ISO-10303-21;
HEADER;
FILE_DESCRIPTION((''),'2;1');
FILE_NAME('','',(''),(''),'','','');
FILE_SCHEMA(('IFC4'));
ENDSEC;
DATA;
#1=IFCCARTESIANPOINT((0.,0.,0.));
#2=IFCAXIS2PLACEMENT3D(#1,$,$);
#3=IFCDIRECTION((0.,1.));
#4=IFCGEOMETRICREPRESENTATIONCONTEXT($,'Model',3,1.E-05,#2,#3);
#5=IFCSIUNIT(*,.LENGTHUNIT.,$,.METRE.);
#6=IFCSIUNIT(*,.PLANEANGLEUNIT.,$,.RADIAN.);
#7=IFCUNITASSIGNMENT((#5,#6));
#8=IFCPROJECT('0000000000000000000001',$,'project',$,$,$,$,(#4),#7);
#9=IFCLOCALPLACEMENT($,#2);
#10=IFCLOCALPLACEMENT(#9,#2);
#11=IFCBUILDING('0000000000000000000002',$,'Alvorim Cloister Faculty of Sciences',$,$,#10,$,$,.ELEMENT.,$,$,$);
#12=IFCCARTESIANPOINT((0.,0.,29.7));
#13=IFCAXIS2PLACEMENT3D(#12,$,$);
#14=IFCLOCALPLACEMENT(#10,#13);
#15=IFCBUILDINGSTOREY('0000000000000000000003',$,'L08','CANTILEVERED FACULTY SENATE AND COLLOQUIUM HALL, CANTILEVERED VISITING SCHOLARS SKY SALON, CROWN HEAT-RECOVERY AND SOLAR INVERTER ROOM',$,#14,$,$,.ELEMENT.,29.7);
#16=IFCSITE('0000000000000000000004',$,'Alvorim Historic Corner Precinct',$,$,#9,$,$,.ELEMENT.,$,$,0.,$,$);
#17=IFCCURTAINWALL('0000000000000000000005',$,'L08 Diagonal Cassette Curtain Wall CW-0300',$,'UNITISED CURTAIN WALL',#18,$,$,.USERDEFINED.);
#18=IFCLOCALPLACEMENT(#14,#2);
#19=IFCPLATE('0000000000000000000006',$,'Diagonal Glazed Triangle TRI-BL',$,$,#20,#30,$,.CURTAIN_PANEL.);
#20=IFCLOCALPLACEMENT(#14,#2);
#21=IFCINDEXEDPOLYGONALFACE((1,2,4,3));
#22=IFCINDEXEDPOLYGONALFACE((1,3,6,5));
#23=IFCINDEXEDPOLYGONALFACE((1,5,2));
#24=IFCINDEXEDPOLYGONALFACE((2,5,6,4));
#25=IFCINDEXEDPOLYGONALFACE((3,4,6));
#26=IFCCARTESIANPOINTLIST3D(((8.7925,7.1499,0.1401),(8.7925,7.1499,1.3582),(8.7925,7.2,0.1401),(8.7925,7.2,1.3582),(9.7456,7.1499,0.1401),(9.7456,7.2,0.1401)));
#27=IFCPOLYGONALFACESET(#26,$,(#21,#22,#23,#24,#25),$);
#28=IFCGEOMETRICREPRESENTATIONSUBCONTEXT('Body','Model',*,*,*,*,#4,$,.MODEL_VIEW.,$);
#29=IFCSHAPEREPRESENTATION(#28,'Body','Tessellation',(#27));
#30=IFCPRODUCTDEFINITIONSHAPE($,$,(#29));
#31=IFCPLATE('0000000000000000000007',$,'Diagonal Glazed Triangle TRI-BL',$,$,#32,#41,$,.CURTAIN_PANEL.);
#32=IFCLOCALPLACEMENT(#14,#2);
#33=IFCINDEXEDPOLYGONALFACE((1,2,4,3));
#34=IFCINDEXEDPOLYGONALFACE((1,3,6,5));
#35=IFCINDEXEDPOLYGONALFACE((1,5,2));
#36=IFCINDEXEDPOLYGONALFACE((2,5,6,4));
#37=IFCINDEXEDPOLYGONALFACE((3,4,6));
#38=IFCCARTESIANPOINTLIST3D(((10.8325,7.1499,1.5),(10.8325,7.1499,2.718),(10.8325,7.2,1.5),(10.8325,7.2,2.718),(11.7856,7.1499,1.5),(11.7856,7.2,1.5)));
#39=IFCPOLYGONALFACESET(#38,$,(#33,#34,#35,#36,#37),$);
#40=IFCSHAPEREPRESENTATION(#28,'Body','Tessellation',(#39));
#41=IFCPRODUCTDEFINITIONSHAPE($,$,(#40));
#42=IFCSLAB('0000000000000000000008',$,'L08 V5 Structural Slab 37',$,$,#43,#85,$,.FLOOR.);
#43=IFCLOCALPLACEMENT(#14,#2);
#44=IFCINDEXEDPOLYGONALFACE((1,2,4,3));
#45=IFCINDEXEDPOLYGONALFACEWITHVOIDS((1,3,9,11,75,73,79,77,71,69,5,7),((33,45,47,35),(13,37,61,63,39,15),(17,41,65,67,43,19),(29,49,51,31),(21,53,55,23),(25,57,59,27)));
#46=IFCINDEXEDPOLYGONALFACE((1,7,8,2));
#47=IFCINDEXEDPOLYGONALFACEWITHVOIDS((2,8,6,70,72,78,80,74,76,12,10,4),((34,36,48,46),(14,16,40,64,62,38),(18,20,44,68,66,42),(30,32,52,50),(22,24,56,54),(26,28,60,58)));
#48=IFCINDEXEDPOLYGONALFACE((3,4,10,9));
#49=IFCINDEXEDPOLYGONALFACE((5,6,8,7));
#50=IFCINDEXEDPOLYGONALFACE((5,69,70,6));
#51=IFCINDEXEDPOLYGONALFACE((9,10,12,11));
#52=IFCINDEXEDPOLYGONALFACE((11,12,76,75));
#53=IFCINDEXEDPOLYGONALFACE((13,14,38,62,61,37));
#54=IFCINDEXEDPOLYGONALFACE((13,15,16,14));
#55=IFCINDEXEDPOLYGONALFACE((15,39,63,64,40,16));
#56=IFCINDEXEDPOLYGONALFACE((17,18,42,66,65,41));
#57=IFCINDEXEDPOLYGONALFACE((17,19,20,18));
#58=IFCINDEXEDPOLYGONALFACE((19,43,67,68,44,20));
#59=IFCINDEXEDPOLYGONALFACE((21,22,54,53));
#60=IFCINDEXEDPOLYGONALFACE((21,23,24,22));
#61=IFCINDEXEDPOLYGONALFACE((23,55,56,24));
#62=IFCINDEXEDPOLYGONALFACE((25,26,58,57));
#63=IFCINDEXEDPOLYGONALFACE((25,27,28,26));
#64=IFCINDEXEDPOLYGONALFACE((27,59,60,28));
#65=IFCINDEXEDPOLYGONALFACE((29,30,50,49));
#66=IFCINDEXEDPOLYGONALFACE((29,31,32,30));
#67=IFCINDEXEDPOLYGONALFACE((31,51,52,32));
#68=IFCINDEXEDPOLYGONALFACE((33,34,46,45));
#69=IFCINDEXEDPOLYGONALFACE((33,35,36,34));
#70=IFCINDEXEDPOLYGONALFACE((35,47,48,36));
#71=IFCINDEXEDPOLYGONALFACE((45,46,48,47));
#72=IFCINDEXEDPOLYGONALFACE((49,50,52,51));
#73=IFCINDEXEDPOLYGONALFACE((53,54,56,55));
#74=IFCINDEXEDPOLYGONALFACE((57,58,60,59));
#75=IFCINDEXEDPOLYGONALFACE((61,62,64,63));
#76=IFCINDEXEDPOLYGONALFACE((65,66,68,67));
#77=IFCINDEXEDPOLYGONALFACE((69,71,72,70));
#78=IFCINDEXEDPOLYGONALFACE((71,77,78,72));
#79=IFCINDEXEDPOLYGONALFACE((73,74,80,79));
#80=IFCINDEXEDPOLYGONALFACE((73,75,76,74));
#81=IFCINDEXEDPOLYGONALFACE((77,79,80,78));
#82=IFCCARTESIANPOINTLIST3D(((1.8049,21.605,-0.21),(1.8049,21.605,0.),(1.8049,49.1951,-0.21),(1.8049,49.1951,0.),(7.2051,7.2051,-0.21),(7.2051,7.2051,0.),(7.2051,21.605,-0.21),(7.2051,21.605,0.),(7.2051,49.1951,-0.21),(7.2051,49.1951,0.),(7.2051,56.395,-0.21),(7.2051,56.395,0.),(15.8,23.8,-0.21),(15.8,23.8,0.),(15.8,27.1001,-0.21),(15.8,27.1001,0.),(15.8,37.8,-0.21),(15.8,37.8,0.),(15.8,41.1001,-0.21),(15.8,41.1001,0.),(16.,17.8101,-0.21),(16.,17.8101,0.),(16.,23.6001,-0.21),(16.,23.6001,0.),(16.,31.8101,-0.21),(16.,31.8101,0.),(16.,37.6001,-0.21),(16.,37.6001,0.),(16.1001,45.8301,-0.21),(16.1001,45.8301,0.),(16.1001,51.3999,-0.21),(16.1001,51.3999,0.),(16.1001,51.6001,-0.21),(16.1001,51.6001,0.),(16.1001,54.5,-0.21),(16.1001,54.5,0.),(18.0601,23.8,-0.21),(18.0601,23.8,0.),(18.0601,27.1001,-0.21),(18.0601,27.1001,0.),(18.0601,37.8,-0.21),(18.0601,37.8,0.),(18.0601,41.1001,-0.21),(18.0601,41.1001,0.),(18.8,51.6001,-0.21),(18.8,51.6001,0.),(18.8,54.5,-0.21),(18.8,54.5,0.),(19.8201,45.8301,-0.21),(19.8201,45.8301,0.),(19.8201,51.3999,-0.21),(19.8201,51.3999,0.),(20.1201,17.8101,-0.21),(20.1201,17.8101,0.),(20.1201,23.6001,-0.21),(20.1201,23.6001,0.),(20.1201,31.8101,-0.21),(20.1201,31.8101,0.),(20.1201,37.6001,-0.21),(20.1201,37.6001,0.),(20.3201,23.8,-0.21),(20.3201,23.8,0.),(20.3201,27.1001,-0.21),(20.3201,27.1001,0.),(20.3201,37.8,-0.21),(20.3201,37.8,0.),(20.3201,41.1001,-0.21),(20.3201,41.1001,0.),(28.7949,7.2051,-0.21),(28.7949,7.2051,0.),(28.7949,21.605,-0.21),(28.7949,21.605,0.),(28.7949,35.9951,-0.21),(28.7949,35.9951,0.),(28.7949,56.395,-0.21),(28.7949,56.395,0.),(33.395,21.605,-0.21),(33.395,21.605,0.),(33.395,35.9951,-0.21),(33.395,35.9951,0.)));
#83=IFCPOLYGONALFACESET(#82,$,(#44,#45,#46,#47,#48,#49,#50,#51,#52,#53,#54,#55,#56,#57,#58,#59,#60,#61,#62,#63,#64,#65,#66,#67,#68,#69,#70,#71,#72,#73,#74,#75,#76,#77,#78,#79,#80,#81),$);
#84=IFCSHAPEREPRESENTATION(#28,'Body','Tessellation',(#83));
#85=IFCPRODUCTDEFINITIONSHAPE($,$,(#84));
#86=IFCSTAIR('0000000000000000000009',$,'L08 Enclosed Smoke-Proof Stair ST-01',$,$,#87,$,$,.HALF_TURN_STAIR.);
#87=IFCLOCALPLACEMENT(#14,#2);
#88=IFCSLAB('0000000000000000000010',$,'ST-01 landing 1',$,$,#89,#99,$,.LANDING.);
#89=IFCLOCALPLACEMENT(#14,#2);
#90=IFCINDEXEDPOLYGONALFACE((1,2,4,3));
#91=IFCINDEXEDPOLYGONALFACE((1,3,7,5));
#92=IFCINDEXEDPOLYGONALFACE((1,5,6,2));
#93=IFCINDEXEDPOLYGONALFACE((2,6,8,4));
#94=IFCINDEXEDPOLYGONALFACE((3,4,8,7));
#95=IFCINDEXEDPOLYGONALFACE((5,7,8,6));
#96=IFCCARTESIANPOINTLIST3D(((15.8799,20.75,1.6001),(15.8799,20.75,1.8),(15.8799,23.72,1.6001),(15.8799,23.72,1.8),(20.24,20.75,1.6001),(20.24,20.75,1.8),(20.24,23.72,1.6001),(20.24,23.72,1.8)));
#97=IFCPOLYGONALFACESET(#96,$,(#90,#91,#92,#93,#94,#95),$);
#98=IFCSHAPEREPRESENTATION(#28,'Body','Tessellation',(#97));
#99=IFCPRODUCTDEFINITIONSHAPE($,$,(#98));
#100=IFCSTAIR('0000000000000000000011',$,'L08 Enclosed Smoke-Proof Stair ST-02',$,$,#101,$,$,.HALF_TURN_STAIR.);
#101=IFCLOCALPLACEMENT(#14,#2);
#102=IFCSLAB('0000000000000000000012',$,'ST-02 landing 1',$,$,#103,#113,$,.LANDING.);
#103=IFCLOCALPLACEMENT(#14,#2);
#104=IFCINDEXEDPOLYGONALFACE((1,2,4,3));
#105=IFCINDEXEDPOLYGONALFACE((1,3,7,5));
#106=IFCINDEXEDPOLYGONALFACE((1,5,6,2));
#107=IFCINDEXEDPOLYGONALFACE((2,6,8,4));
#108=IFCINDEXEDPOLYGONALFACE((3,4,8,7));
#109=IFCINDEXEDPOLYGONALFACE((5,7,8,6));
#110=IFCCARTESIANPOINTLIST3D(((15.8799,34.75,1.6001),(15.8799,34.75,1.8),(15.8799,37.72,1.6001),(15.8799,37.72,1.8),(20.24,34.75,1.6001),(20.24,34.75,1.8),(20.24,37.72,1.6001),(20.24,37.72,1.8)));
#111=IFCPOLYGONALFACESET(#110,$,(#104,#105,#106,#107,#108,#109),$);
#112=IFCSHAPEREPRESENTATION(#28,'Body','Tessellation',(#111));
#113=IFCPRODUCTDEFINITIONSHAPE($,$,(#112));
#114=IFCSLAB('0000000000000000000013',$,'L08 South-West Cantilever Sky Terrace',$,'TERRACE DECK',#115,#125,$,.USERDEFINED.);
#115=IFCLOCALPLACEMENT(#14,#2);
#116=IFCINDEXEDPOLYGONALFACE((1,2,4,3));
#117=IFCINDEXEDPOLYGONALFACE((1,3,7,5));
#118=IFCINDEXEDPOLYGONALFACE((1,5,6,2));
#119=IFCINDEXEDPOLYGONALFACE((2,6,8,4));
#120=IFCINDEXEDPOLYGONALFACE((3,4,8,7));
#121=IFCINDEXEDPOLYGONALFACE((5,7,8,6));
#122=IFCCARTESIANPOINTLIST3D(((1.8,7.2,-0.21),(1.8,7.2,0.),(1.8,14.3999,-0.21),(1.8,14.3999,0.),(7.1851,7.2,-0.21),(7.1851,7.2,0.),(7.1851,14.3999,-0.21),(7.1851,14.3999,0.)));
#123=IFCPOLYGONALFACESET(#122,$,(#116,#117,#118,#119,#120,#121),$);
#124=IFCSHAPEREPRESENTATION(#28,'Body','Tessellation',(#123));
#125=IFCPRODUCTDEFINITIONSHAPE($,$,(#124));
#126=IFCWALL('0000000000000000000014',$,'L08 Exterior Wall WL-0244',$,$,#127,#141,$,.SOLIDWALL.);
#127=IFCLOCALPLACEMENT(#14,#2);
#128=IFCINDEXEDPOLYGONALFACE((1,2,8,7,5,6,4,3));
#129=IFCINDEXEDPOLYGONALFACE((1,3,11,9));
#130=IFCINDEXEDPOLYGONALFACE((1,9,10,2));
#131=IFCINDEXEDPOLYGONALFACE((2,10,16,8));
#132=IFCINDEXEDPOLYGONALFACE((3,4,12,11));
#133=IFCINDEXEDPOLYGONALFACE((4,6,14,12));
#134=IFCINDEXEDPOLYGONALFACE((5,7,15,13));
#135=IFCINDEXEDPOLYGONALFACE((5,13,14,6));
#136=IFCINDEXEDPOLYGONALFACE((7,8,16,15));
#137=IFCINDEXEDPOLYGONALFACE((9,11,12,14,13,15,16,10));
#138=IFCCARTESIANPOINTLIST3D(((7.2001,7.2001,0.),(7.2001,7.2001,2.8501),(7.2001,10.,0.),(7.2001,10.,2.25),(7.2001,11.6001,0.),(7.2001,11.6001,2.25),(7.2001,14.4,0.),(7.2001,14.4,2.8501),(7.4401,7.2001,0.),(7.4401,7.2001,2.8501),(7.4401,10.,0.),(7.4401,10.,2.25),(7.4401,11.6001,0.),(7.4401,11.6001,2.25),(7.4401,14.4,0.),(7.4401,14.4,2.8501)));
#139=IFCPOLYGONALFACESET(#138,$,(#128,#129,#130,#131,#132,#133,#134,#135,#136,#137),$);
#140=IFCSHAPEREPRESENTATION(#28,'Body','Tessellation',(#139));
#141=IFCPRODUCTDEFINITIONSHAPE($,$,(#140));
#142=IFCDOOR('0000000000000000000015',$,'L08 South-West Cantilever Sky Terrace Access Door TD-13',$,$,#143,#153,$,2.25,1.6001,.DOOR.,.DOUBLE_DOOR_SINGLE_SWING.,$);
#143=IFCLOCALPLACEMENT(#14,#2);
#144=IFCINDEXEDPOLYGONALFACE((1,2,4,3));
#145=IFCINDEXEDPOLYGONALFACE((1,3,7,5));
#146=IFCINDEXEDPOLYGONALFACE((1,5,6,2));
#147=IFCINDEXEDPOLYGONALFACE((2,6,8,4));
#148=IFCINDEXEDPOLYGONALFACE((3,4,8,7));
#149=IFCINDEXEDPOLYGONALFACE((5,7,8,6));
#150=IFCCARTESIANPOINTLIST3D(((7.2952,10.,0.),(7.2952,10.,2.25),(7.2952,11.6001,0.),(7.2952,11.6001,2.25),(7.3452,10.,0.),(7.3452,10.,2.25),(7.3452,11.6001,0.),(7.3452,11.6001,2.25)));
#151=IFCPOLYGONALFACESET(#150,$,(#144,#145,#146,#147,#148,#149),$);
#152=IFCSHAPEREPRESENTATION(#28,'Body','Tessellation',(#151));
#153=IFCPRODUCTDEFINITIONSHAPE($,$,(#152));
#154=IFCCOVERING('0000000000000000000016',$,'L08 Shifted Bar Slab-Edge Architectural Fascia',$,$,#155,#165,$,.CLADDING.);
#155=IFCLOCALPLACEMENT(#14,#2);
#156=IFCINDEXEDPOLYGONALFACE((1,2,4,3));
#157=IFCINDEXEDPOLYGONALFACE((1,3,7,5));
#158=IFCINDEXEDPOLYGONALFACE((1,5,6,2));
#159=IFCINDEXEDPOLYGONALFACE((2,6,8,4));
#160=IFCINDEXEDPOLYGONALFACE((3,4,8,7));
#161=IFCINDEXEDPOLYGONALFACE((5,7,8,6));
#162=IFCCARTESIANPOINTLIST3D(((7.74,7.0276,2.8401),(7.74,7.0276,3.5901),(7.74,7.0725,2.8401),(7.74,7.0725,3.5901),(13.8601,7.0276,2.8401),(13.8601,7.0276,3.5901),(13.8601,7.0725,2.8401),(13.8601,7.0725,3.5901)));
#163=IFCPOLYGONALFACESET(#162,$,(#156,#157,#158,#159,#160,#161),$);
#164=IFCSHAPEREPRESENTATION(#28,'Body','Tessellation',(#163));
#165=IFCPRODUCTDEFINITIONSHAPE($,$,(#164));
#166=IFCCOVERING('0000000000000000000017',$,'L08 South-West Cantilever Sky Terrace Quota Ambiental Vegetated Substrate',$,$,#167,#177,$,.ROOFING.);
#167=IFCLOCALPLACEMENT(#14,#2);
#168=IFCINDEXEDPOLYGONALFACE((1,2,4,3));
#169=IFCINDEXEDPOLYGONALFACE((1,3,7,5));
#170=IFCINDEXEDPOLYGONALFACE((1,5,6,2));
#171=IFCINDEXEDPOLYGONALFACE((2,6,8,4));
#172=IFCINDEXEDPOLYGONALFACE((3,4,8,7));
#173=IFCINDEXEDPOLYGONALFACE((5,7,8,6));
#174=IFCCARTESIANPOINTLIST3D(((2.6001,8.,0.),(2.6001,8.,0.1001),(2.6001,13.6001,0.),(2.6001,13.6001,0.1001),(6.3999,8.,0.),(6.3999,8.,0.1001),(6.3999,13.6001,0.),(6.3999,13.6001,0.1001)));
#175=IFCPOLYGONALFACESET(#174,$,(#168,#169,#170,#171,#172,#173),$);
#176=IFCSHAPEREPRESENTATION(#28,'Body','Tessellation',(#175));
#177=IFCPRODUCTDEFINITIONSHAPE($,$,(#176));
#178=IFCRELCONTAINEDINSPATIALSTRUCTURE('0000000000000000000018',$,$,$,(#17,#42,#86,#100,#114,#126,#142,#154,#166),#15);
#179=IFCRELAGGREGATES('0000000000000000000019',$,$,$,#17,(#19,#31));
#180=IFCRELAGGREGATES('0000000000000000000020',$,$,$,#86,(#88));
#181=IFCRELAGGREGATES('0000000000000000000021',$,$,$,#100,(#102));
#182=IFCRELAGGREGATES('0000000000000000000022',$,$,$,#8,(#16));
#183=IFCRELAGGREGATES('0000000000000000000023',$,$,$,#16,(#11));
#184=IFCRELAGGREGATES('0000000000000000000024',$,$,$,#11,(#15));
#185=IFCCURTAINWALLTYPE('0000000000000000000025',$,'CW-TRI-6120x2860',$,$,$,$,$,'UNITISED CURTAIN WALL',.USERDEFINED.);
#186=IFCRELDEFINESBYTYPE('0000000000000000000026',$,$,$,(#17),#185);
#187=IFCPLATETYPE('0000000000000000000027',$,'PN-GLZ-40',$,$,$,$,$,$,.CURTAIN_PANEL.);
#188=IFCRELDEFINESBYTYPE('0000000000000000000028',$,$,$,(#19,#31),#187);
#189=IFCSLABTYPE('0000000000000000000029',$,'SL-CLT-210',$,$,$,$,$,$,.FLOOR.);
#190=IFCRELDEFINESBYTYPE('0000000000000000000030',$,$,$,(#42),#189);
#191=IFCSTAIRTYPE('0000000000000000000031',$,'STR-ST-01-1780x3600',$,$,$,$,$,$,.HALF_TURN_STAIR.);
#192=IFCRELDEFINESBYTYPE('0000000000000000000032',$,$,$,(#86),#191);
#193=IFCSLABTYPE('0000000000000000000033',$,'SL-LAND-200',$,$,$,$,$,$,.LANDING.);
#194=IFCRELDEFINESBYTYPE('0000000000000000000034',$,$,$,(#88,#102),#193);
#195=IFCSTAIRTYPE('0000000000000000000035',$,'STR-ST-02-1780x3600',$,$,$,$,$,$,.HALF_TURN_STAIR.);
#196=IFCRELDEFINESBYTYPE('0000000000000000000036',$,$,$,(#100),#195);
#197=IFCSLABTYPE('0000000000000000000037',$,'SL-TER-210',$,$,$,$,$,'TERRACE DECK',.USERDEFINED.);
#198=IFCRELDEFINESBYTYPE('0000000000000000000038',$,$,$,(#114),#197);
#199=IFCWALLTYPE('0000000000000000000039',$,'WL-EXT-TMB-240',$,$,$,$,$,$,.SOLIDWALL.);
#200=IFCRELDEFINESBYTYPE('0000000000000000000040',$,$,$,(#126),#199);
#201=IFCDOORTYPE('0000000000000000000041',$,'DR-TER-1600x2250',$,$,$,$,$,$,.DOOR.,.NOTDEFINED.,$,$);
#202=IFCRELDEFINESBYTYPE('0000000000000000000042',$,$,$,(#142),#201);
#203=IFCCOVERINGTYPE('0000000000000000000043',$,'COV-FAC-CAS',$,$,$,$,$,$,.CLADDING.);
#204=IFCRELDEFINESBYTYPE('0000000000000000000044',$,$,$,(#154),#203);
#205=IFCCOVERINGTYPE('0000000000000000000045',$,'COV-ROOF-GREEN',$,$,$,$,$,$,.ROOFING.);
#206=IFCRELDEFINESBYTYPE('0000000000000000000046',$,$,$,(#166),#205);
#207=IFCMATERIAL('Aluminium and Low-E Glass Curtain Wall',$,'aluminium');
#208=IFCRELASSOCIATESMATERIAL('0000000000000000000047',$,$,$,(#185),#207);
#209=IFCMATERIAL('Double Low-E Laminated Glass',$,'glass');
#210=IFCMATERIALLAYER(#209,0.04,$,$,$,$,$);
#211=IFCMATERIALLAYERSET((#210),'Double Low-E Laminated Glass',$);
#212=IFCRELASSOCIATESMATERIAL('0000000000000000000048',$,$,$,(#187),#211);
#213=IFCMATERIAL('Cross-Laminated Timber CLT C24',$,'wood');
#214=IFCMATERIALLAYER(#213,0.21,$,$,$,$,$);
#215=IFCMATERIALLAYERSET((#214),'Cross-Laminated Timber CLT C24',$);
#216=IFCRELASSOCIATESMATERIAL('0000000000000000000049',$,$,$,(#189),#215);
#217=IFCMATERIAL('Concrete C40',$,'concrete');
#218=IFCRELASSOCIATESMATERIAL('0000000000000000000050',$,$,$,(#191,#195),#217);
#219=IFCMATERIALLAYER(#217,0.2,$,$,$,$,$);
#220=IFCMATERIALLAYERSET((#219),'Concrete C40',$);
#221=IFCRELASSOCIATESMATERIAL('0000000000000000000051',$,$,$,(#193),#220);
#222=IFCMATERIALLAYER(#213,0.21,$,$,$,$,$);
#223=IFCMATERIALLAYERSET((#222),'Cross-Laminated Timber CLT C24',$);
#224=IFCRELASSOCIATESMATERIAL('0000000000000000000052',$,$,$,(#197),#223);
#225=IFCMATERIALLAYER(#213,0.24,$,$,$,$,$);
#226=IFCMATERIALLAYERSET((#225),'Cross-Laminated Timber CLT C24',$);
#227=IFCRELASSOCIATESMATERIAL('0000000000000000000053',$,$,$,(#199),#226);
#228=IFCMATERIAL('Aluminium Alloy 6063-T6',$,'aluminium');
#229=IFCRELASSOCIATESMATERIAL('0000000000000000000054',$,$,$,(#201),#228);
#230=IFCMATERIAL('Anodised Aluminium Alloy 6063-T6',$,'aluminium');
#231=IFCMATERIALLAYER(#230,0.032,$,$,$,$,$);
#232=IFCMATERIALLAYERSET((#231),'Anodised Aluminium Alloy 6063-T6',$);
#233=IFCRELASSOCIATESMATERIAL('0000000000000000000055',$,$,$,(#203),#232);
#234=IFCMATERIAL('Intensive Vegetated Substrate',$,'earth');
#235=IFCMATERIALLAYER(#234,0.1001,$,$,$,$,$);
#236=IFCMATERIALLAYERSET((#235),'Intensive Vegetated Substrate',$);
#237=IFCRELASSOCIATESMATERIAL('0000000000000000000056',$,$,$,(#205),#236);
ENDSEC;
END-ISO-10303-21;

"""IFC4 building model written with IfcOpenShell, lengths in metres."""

from ifc_helpers import new_model, si_unit, direction, frame, frame_2d, origin, place, context, subcontext, project, spatial, polyline, rectangle, outline, extrude, material, layer, layer_set, type_object, element, fill, aggregate, save


model = new_model("IFC4")

# Units and contexts
model_context = context("Model", 3, precision=1e-05, world=origin(), true_north=direction((0.0, 1.0)))
body_context = subcontext(model_context, "Body", "Model", "MODEL_VIEW")
ifc_project = project(units=[si_unit("LENGTHUNIT", "METRE"), si_unit("PLANEANGLEUNIT", "RADIAN")], contexts=[model_context])

# Site, building, storey
site_placement = place(None, origin())
site = spatial("IfcSite", under=ifc_project, at=site_placement, Name="Alvorim Historic Corner Precinct", CompositionType="ELEMENT", RefElevation=0.0)
building_placement = place(site_placement, origin())
building = spatial("IfcBuilding", under=site, at=building_placement, Name="Alvorim Cloister Faculty of Sciences", CompositionType="ELEMENT")
storey_placement = place(building_placement, frame((0.0, 0.0, 29.7)))
storey = spatial("IfcBuildingStorey", under=building, at=storey_placement, Name="L08", Description="CANTILEVERED FACULTY SENATE AND COLLOQUIUM HALL, CANTILEVERED VISITING SCHOLARS SKY SALON, CROWN HEAT-RECOVERY AND SOLAR INVERTER ROOM", CompositionType="ELEMENT", Elevation=29.7)

# Curtain wall, plates
ifc_material_1 = material(Name="Aluminium and Low-E Glass Curtain Wall", Category="aluminium")
curtain_wall_type = type_object("IfcCurtainWallType", Name="CW-TRI-6120x2860", ElementType="UNITISED CURTAIN WALL", PredefinedType="USERDEFINED", material=ifc_material_1)
curtain_wall_placement = place(storey_placement, origin())
curtain_wall = element("IfcCurtainWall", 1, at=curtain_wall_placement, inside=storey, type_object=curtain_wall_type, Name="L08 Diagonal Cassette Curtain Wall CW-0300", ObjectType="UNITISED CURTAIN WALL", PredefinedType="USERDEFINED")
ifc_material_2 = material(Name="Aluminium Alloy 6063-T6", Category="aluminium")
ifc_material_3 = material(Name="Double Low-E Laminated Glass", Category="glass")
ifc_layer_1 = layer(ifc_material_3, 0.04)
ifc_layer_set_1 = layer_set([ifc_layer_1], Name="Double Low-E Laminated Glass")
plate_type = type_object("IfcPlateType", Name="PN-GLZ-40", PredefinedType="CURTAIN_PANEL", material=ifc_layer_set_1)
plate_1_placement = place(storey_placement, frame((8.7925, 7.175, 0.1401), z_axis=(0.0, 0.0, 1.0), x_axis=(1.0, 0.0, 0.0)))
plate_1 = element("IfcPlate", 2, at=plate_1_placement, type_object=plate_type, Name="Diagonal Glazed Triangle TRI-BL", PredefinedType="CURTAIN_PANEL", context=body_context, shape_type="SweptSolid", body=[
    extrude(outline(polyline([(0.0, 0.0), (0.9531, 0.0), (0.0, 1.218), (0.0, 0.0)])), frame((0.0, 0.0249, 0.0), z_axis=(0.0, -1.0, 0.0), x_axis=(1.0, 0.0, 0.0)), (0.0, 0.0, 1.0), 0.05),
])
plate_2_placement = place(storey_placement, frame((10.8325, 7.175, 1.5), z_axis=(0.0, 0.0, 1.0), x_axis=(1.0, 0.0, 0.0)))
plate_2 = element("IfcPlate", 3, at=plate_2_placement, type_object=plate_type, Name="Diagonal Glazed Triangle TRI-BL", PredefinedType="CURTAIN_PANEL", context=body_context, shape_type="SweptSolid", body=[
    extrude(outline(polyline([(0.0, 0.0), (0.9531, 0.0), (0.0, 1.218), (0.0, 0.0)])), frame((0.0, 0.0249, 0.0), z_axis=(0.0, -1.0, 0.0), x_axis=(1.0, 0.0, 0.0)), (0.0, 0.0, 1.0), 0.05),
])
aggregate(curtain_wall, [plate_1, plate_2])

# Slab
ifc_material_4 = material(Name="Cross-Laminated Timber CLT C24", Category="wood")
ifc_layer_2 = layer(ifc_material_4, 0.21)
ifc_layer_set_2 = layer_set([ifc_layer_2], Name="Cross-Laminated Timber CLT C24")
slab_type_1 = type_object("IfcSlabType", Name="SL-CLT-210", PredefinedType="FLOOR", material=ifc_layer_set_2)
slab_1_placement = place(storey_placement, frame((0.0, 0.0, -0.21)))
element("IfcSlab", 4, at=slab_1_placement, inside=storey, type_object=slab_type_1, Name="L08 V5 Structural Slab 37", PredefinedType="FLOOR", context=body_context, shape_type="SweptSolid", body=[
    extrude(outline(polyline([(7.2051, 21.605), (1.8049, 21.605), (1.8049, 49.1951), (7.2051, 49.1951), (7.2051, 56.395), (28.7949, 56.395), (28.7949, 35.9951), (33.395, 35.9951), (33.395, 21.605), (28.7949, 21.605), (28.7949, 7.2051), (7.2051, 7.2051), (7.2051, 21.605)]), holes=[polyline([(16.0, 23.6001), (16.0, 17.8101), (20.1201, 17.8101), (20.1201, 23.6001), (16.0, 23.6001)]), polyline([(15.8, 27.1001), (15.8, 23.8), (18.0601, 23.8), (20.3201, 23.8), (20.3201, 27.1001), (18.0601, 27.1001), (15.8, 27.1001)]), polyline([(16.0, 37.6001), (16.0, 31.8101), (20.1201, 31.8101), (20.1201, 37.6001), (16.0, 37.6001)]), polyline([(15.8, 41.1001), (15.8, 37.8), (18.0601, 37.8), (20.3201, 37.8), (20.3201, 41.1001), (18.0601, 41.1001), (15.8, 41.1001)]), polyline([(16.1001, 51.3999), (16.1001, 45.8301), (19.8201, 45.8301), (19.8201, 51.3999), (16.1001, 51.3999)]), polyline([(16.1001, 54.5), (16.1001, 51.6001), (18.8, 51.6001), (18.8, 54.5), (16.1001, 54.5)])]), origin(), (0.0, 0.0, 1.0), 0.21),
])

# Stairs, slabs
ifc_material_5 = material(Name="Concrete C40", Category="concrete")
stair_type_1 = type_object("IfcStairType", Name="STR-ST-01-1780x3600", PredefinedType="HALF_TURN_STAIR", material=ifc_material_5)
stair_1_placement = place(storey_placement, origin())
stair_1 = element("IfcStair", 5, at=stair_1_placement, inside=storey, type_object=stair_type_1, Name="L08 Enclosed Smoke-Proof Stair ST-01", PredefinedType="HALF_TURN_STAIR")
ifc_layer_3 = layer(ifc_material_5, 0.2)
ifc_layer_set_3 = layer_set([ifc_layer_3], Name="Concrete C40")
slab_type_2 = type_object("IfcSlabType", Name="SL-LAND-200", PredefinedType="LANDING", material=ifc_layer_set_3)
slab_2_placement = place(storey_placement, frame((0.0, 0.0, 1.6001)))
slab_2 = element("IfcSlab", 6, at=slab_2_placement, type_object=slab_type_2, Name="ST-01 landing 1", PredefinedType="LANDING", context=body_context, shape_type="SweptSolid", body=[
    extrude(outline(polyline([(20.24, 20.75), (20.24, 23.72), (15.8799, 23.72), (15.8799, 20.75), (20.24, 20.75)])), origin(), (0.0, 0.0, 1.0), 0.2),
])
aggregate(stair_1, [slab_2])
stair_type_2 = type_object("IfcStairType", Name="STR-ST-02-1780x3600", PredefinedType="HALF_TURN_STAIR", material=ifc_material_5)
stair_2_placement = place(storey_placement, origin())
stair_2 = element("IfcStair", 7, at=stair_2_placement, inside=storey, type_object=stair_type_2, Name="L08 Enclosed Smoke-Proof Stair ST-02", PredefinedType="HALF_TURN_STAIR")
slab_3_placement = place(storey_placement, frame((0.0, 0.0, 1.6001)))
slab_3 = element("IfcSlab", 8, at=slab_3_placement, type_object=slab_type_2, Name="ST-02 landing 1", PredefinedType="LANDING", context=body_context, shape_type="SweptSolid", body=[
    extrude(outline(polyline([(20.24, 34.75), (20.24, 37.72), (15.8799, 37.72), (15.8799, 34.75), (20.24, 34.75)])), origin(), (0.0, 0.0, 1.0), 0.2),
])
aggregate(stair_2, [slab_3])

# Slab
ifc_layer_4 = layer(ifc_material_4, 0.21)
ifc_layer_set_4 = layer_set([ifc_layer_4], Name="Cross-Laminated Timber CLT C24")
slab_type_3 = type_object("IfcSlabType", Name="SL-TER-210", ElementType="TERRACE DECK", PredefinedType="USERDEFINED", material=ifc_layer_set_4)
slab_4_placement = place(storey_placement, frame((0.0, 0.0, -0.21)))
element("IfcSlab", 9, at=slab_4_placement, inside=storey, type_object=slab_type_3, Name="L08 South-West Cantilever Sky Terrace", ObjectType="TERRACE DECK", PredefinedType="USERDEFINED", context=body_context, shape_type="SweptSolid", body=[
    extrude(outline(polyline([(1.8, 7.2), (1.8, 14.3999), (7.1851, 14.3999), (7.1851, 7.2), (1.8, 7.2)])), origin(), (0.0, 0.0, 1.0), 0.21),
])

# Wall, opening, door
ifc_layer_5 = layer(ifc_material_4, 0.24)
ifc_layer_set_5 = layer_set([ifc_layer_5], Name="Cross-Laminated Timber CLT C24")
wall_type = type_object("IfcWallType", Name="WL-EXT-TMB-240", PredefinedType="SOLIDWALL", material=ifc_layer_set_5)
wall_placement = place(storey_placement, frame((7.3201, 7.2, 0.0), z_axis=(0.0, 0.0, 1.0), x_axis=(0.0, 1.0, 0.0)))
wall = element("IfcWall", 10, at=wall_placement, inside=storey, type_object=wall_type, Name="L08 Exterior Wall WL-0244", PredefinedType="SOLIDWALL", context=body_context, shape_type="SweptSolid", body=[
    extrude(rectangle(XDim=7.2, YDim=0.24, at=frame_2d((3.6001, 0.0))), origin(), (0.0, 0.0, 1.0), 2.8501),
])
opening_placement = place(wall_placement, frame((2.8, 0.0, 0.0)))
opening = element("IfcOpeningElement", 11, at=opening_placement, cuts=wall, PredefinedType="OPENING", context=body_context, shape_type="SweptSolid", body=[
    extrude(rectangle(XDim=1.6001, YDim=2.25, at=frame_2d((0.8, 1.125))), frame((0.0, 0.1318, 0.0), z_axis=(0.0, -1.0, 0.0), x_axis=(1.0, 0.0, 0.0)), (0.0, 0.0, 1.0), 0.2639),
])
door_type = type_object("IfcDoorType", Name="DR-TER-1600x2250", OperationType="NOTDEFINED", PredefinedType="DOOR", material=ifc_material_2)
door_placement = place(opening_placement, origin())
door = element("IfcDoor", 12, at=door_placement, inside=storey, type_object=door_type, Name="L08 South-West Cantilever Sky Terrace Access Door TD-13", OperationType="DOUBLE_DOOR_SINGLE_SWING", OverallHeight=2.25, OverallWidth=1.6001, PredefinedType="DOOR", context=body_context, shape_type="SweptSolid", body=[
    extrude(rectangle(XDim=1.6001, YDim=2.25, at=frame_2d((0.8, 1.125))), frame((0.0, 0.0249, 0.0), z_axis=(0.0, -1.0, 0.0), x_axis=(1.0, 0.0, 0.0)), (0.0, 0.0, 1.0), 0.05),
])
fill(opening, door)

# Coverings
ifc_material_6 = material(Name="Anodised Aluminium Alloy 6063-T6", Category="aluminium")
ifc_layer_6 = layer(ifc_material_6, 0.032)
ifc_layer_set_6 = layer_set([ifc_layer_6], Name="Anodised Aluminium Alloy 6063-T6")
covering_type_1 = type_object("IfcCoveringType", Name="COV-FAC-CAS", PredefinedType="CLADDING", material=ifc_layer_set_6)
covering_1_placement = place(storey_placement, frame((7.74, 7.05, 2.8401), z_axis=(0.0, 0.0, 1.0), x_axis=(1.0, 0.0, 0.0)))
element("IfcCovering", 13, at=covering_1_placement, inside=storey, type_object=covering_type_1, Name="L08 Shifted Bar Slab-Edge Architectural Fascia", PredefinedType="CLADDING", context=body_context, shape_type="SweptSolid", body=[
    extrude(outline(polyline([(0.0, 0.0), (6.1201, 0.0), (6.1201, 0.75), (0.0, 0.75), (0.0, 0.0)])), frame((0.0, 0.0225, 0.0), z_axis=(0.0, -1.0, 0.0), x_axis=(1.0, 0.0, 0.0)), (0.0, 0.0, 1.0), 0.0449),
])
ifc_material_7 = material(Name="Intensive Vegetated Substrate", Category="earth")
ifc_layer_7 = layer(ifc_material_7, 0.1001)
ifc_layer_set_7 = layer_set([ifc_layer_7], Name="Intensive Vegetated Substrate")
covering_type_2 = type_object("IfcCoveringType", Name="COV-ROOF-GREEN", PredefinedType="ROOFING", material=ifc_layer_set_7)
covering_2_placement = place(storey_placement, origin())
element("IfcCovering", 14, at=covering_2_placement, inside=storey, type_object=covering_type_2, Name="L08 South-West Cantilever Sky Terrace Quota Ambiental Vegetated Substrate", PredefinedType="ROOFING", context=body_context, shape_type="SweptSolid", body=[
    extrude(outline(polyline([(2.6001, 8.0), (6.3999, 8.0), (6.3999, 13.6001), (2.6001, 13.6001), (2.6001, 8.0)])), origin(), (0.0, 0.0, 1.0), 0.1001),
])

save(model, "model.ifc")
